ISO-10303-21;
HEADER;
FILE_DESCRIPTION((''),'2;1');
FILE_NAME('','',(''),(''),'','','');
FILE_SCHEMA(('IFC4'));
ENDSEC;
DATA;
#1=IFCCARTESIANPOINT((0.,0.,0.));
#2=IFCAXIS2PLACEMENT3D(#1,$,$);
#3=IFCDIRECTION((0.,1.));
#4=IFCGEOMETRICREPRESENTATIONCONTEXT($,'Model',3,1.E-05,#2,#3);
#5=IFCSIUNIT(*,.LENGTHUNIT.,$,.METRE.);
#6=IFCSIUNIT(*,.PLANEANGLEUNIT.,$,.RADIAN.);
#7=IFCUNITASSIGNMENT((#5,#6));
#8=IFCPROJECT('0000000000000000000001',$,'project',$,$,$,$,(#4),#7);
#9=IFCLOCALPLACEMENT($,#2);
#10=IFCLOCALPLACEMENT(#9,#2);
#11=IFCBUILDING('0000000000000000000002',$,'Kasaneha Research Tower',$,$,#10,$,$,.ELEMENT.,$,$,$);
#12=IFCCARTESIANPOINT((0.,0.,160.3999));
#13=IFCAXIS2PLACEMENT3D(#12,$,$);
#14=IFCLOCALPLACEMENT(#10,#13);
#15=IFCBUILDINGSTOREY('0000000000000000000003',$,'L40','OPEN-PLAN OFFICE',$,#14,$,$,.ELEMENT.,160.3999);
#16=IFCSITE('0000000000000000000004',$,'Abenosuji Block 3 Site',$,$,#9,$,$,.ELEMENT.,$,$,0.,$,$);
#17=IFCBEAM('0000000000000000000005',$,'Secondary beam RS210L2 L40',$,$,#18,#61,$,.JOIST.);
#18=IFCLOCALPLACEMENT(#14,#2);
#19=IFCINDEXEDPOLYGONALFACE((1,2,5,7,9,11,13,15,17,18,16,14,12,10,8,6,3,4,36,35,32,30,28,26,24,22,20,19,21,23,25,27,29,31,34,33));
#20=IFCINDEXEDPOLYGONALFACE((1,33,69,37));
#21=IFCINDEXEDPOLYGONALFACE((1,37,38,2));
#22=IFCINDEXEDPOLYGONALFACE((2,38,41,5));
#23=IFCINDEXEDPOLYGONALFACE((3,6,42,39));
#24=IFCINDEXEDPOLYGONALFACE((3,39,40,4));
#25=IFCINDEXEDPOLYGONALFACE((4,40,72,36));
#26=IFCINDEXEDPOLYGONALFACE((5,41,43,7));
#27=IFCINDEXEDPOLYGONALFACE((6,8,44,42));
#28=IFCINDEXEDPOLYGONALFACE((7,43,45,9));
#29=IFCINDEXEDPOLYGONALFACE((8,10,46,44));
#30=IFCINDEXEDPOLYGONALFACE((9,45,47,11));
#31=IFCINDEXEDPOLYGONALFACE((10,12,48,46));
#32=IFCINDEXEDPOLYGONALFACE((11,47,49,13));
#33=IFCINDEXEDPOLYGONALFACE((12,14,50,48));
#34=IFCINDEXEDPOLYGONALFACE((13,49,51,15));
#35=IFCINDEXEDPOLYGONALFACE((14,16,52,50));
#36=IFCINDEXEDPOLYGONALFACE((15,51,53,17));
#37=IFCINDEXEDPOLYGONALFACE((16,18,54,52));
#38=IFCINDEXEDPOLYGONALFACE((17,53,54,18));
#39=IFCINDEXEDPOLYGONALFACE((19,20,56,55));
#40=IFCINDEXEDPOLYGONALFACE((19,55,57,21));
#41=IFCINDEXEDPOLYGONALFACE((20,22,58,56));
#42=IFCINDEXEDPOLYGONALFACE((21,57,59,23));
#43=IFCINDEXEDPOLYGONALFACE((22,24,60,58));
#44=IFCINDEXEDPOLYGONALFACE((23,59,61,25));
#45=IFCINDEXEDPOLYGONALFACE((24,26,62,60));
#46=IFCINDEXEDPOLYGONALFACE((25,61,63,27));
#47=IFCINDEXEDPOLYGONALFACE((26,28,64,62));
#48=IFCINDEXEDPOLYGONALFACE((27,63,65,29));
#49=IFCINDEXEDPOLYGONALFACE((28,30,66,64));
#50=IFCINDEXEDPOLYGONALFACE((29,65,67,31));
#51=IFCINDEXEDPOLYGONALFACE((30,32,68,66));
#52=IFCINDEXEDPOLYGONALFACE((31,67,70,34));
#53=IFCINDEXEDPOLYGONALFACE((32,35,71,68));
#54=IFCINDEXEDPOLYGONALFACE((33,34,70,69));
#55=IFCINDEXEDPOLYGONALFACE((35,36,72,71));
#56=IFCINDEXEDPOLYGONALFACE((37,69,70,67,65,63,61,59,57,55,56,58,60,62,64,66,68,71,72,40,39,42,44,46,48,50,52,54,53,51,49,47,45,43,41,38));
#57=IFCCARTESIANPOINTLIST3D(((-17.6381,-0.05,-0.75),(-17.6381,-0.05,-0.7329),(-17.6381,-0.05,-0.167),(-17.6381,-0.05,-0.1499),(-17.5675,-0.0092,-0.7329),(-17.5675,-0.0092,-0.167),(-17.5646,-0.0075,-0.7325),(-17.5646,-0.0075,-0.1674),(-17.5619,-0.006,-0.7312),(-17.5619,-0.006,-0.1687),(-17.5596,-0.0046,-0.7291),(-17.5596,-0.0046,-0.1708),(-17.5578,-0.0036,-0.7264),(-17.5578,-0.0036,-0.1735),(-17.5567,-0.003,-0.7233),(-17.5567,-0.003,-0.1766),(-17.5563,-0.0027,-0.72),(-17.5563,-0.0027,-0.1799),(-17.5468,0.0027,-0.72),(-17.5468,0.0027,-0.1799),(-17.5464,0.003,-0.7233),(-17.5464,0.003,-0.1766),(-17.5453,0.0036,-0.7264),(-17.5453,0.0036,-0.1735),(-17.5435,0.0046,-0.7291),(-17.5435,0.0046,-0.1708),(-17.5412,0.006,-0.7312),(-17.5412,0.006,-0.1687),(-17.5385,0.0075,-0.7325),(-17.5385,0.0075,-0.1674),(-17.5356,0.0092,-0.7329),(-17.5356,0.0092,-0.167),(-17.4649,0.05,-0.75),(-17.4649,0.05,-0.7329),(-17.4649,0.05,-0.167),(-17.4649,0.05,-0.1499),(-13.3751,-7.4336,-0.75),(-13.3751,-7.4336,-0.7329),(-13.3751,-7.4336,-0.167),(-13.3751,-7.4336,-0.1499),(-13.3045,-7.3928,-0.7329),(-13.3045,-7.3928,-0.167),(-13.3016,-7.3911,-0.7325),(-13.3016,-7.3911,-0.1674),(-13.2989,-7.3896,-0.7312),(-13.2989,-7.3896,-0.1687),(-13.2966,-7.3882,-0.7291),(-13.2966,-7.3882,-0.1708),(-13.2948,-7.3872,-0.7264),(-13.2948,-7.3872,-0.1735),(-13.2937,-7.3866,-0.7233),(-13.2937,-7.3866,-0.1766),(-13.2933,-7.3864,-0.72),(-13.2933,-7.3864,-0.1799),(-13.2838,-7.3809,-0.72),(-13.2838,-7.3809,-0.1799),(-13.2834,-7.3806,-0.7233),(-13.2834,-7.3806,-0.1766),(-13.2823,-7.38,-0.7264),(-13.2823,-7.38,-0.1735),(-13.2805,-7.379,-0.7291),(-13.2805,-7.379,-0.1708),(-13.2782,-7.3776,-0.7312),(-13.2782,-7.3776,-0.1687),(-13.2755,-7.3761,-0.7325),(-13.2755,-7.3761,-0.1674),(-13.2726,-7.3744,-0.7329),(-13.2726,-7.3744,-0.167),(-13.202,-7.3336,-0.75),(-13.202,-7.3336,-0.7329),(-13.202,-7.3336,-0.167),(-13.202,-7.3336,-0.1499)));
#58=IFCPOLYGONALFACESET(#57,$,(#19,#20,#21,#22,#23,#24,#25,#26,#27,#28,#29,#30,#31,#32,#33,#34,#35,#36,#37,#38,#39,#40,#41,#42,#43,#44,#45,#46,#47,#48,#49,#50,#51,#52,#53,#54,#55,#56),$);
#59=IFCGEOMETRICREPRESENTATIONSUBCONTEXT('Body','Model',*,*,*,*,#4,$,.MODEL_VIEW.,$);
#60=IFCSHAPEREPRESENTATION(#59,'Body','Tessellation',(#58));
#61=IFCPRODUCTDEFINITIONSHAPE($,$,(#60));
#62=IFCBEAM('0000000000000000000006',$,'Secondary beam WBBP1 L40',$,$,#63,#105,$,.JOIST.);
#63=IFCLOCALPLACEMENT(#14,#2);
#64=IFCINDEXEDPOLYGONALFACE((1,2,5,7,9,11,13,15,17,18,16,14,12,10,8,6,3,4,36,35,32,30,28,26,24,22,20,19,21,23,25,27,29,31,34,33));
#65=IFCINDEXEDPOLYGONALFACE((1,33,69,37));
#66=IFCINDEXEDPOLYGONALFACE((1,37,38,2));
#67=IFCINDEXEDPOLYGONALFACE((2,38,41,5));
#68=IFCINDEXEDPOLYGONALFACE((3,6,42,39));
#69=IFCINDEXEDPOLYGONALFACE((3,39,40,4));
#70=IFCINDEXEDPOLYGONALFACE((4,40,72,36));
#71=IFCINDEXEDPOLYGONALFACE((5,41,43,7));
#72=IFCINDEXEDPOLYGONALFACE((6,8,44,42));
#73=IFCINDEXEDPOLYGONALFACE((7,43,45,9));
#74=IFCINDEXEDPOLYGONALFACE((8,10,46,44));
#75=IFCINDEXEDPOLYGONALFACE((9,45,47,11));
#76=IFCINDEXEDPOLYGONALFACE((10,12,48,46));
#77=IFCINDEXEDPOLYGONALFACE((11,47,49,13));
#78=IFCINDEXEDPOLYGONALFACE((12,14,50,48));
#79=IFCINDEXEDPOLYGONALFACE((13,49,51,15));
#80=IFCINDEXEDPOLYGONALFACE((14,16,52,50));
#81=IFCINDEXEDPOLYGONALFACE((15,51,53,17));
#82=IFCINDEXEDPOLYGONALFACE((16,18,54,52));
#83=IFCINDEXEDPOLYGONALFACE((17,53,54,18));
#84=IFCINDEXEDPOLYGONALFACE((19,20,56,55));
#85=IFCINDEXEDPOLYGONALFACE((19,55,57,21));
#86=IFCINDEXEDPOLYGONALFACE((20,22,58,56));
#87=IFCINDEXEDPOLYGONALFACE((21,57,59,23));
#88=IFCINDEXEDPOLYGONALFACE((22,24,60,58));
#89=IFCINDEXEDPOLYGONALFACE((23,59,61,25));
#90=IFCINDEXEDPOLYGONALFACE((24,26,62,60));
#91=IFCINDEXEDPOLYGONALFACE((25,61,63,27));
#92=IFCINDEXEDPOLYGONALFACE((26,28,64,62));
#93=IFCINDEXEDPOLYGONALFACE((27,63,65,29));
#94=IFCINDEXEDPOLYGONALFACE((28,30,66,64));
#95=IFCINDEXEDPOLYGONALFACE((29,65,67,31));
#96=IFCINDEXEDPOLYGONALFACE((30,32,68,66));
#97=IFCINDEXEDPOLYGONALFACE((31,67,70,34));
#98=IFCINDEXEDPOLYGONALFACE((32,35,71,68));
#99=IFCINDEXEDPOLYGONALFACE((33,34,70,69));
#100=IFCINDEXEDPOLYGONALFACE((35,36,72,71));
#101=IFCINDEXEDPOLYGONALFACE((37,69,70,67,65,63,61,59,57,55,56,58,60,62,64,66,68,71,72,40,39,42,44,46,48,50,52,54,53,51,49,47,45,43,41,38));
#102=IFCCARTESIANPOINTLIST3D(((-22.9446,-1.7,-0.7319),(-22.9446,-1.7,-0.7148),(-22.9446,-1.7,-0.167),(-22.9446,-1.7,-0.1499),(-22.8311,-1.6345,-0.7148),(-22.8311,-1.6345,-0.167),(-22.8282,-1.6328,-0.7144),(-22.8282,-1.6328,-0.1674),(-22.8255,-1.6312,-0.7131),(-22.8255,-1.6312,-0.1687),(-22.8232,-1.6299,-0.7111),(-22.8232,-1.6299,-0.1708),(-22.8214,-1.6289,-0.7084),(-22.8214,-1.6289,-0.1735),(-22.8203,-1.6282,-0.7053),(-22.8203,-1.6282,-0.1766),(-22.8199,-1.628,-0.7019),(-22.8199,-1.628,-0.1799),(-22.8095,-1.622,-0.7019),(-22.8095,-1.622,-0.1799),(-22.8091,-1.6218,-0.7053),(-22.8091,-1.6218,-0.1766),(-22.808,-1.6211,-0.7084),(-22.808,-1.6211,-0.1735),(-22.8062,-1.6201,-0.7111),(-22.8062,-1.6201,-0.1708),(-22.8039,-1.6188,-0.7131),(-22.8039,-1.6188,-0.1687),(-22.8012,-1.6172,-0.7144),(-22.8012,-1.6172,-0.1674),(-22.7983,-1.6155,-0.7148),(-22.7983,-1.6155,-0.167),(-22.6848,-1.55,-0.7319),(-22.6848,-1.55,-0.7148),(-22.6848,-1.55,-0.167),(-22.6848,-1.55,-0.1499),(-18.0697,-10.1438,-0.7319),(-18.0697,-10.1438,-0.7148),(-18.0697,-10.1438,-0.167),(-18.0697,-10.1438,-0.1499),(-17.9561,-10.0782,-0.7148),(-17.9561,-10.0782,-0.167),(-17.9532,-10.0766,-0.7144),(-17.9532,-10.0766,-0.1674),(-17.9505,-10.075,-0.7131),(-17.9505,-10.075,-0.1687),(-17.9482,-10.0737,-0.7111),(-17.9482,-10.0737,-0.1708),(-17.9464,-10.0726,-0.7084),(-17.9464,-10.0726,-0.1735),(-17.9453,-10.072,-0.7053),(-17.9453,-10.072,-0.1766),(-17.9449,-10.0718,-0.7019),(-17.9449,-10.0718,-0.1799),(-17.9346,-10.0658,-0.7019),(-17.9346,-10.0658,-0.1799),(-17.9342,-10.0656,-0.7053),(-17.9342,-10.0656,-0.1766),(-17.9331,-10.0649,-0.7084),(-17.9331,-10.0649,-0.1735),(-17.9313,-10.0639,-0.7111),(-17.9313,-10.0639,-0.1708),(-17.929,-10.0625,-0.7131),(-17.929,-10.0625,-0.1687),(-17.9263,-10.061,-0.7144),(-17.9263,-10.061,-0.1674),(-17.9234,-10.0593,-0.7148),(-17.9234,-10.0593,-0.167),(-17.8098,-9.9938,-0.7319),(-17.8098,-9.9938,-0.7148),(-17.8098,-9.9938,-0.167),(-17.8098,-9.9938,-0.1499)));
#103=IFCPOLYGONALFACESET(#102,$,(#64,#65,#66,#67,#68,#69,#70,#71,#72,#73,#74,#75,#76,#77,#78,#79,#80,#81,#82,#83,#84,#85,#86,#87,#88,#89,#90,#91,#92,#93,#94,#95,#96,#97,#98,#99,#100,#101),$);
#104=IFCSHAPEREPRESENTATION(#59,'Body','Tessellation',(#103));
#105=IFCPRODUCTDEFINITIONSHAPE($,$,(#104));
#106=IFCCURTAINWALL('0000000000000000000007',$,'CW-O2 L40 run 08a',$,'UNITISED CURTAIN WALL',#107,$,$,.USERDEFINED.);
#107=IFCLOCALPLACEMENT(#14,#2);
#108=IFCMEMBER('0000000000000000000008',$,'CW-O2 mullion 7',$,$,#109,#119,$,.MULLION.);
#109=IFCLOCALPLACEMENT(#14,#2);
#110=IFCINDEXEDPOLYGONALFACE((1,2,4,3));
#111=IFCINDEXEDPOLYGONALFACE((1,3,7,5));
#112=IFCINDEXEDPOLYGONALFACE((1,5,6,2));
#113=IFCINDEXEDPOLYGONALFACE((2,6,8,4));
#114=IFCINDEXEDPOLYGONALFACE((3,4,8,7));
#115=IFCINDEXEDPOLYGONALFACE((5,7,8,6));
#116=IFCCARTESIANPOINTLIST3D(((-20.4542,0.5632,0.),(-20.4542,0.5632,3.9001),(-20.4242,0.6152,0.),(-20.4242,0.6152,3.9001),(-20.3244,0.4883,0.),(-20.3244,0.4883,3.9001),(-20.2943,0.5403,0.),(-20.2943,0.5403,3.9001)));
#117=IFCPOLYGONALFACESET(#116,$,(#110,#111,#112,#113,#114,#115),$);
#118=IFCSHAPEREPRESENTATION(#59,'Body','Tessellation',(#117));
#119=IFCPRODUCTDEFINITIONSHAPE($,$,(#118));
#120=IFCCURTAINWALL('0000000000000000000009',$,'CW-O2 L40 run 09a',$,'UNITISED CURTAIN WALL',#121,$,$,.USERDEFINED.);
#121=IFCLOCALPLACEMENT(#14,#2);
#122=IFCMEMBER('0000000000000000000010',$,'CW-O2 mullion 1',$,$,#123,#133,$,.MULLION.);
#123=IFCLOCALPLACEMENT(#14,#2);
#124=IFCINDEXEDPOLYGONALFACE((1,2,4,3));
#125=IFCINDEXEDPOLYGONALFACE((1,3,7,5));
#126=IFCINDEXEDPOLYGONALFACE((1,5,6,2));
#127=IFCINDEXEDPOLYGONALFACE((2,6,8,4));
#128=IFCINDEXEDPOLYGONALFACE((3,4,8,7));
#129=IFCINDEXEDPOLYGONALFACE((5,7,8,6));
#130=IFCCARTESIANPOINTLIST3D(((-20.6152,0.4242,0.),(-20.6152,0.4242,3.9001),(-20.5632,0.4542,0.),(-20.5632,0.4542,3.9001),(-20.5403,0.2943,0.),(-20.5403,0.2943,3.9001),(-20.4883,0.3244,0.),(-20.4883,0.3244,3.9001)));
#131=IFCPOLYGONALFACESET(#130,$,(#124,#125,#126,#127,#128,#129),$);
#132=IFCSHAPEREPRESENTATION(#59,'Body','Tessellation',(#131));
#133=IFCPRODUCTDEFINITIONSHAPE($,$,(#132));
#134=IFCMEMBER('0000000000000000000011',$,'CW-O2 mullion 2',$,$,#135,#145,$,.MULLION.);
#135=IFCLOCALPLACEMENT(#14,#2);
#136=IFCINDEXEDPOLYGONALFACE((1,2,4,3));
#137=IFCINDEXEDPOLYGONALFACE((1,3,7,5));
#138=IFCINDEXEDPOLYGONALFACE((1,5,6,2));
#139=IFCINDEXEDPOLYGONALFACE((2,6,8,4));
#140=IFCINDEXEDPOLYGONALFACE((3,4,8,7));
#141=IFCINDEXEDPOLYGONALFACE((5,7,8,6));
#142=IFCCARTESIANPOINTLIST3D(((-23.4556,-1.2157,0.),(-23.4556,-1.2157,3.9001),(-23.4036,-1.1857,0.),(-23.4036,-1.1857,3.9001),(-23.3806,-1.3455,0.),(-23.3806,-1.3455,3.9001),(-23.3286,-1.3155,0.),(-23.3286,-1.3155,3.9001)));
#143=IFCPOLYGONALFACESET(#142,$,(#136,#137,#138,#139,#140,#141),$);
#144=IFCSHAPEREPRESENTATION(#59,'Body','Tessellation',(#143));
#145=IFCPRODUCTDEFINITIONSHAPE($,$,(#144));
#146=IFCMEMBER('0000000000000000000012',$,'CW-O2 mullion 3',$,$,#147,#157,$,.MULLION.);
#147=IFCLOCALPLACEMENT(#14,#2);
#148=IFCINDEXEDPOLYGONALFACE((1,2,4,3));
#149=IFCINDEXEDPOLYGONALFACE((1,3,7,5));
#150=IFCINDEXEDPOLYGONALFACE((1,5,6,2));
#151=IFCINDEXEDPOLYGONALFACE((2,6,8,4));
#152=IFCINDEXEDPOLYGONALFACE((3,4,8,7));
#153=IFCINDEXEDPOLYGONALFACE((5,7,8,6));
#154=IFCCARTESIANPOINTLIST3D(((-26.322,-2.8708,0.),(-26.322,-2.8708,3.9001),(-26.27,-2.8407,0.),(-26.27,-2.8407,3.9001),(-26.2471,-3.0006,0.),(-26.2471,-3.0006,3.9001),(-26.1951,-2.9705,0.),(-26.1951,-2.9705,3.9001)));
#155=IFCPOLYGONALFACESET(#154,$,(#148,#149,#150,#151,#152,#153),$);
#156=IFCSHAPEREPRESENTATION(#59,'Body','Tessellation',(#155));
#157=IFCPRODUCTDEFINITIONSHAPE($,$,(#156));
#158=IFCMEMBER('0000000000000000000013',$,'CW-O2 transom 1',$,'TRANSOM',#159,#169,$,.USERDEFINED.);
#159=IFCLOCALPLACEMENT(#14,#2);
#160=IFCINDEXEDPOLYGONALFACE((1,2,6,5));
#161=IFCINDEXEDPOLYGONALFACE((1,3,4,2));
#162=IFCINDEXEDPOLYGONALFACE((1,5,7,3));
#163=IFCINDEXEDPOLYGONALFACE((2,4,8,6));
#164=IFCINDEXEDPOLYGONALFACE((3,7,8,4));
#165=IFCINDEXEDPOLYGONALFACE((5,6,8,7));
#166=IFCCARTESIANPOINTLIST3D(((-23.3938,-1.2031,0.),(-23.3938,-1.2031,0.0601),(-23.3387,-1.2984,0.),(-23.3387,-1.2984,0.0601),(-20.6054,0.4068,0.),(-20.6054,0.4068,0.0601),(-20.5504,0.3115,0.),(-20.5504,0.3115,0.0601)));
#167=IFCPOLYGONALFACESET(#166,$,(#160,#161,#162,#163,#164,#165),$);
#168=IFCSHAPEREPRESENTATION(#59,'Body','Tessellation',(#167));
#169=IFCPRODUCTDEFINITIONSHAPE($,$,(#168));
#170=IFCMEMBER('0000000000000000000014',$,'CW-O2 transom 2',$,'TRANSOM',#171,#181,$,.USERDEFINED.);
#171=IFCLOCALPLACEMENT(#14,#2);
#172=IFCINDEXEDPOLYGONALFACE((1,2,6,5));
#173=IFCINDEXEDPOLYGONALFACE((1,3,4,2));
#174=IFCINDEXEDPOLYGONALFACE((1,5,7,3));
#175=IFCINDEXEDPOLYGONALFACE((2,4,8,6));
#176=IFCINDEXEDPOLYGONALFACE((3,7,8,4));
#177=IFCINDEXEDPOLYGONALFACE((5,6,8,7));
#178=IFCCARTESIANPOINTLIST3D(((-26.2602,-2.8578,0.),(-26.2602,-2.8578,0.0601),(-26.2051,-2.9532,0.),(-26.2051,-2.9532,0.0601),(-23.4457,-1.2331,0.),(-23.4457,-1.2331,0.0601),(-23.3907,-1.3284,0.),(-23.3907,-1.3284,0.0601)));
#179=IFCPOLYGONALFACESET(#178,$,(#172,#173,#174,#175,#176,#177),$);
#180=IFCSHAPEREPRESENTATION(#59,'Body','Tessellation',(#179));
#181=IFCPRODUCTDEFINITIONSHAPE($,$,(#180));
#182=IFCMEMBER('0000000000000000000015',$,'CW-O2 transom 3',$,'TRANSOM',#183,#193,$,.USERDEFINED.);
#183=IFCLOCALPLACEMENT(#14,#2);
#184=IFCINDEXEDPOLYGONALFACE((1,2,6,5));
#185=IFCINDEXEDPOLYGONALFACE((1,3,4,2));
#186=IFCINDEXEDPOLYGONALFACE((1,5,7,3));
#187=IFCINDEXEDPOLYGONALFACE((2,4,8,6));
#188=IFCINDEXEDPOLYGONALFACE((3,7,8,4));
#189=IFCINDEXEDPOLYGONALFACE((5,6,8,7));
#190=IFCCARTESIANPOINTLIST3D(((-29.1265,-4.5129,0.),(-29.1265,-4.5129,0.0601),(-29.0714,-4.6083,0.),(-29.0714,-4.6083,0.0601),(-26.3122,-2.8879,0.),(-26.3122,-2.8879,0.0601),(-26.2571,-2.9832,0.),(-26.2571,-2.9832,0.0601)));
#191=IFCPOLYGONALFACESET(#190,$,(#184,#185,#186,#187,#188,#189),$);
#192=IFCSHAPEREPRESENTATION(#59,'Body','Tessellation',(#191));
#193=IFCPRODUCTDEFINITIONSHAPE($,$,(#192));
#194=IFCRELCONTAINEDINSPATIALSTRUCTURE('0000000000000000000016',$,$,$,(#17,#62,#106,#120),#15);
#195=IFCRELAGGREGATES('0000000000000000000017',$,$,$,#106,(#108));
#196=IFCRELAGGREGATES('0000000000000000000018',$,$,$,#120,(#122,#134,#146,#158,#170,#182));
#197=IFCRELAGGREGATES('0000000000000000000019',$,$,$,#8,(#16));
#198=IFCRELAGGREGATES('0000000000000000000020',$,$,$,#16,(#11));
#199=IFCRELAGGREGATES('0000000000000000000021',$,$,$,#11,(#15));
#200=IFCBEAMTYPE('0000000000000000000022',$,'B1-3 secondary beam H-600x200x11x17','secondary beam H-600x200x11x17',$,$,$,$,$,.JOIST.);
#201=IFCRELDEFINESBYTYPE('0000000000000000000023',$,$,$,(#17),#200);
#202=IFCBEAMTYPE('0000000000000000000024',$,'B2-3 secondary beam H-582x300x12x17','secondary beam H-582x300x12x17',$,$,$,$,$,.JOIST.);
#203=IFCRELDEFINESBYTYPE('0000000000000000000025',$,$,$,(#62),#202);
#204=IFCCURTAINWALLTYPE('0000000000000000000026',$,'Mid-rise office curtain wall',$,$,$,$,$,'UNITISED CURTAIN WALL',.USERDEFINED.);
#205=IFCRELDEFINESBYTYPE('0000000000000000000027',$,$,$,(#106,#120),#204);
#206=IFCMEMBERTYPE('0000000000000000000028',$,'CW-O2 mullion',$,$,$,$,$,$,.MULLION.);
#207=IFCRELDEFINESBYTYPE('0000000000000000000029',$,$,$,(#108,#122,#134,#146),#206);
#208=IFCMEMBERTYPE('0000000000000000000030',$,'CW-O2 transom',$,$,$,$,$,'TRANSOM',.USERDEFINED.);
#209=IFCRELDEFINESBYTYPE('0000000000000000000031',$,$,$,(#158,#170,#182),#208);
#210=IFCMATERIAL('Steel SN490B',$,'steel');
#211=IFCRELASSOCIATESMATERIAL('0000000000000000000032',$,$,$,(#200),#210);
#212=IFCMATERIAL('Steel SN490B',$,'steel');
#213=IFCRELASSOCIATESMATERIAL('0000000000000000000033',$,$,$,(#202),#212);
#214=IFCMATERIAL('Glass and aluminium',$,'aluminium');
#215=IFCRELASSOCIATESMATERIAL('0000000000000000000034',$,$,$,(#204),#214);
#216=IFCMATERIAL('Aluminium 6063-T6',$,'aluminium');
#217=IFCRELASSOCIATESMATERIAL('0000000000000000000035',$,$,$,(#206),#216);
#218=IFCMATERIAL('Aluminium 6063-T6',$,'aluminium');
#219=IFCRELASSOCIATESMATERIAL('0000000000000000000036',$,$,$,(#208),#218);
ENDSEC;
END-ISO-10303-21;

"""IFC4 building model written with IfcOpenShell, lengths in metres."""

from ifc_helpers import new_model, si_unit, direction, frame, origin, origin_2d, place, context, subcontext, project, spatial, rectangle, i_section, extrude, material, material_profile, profile_set, type_object, element, aggregate, save


model = new_model("IFC4")

# Units and contexts
model_context = context("Model", 3, precision=1e-05, world=origin(), true_north=direction((0.0, 1.0)))
body_context = subcontext(model_context, "Body", "Model", "MODEL_VIEW")
ifc_project = project(units=[si_unit("LENGTHUNIT", "METRE"), si_unit("PLANEANGLEUNIT", "RADIAN")], contexts=[model_context])

# Site, building, storey
site_placement = place(None, origin())
site = spatial("IfcSite", under=ifc_project, at=site_placement, Name="Abenosuji Block 3 Site", CompositionType="ELEMENT", RefElevation=0.0)
building_placement = place(site_placement, origin())
building = spatial("IfcBuilding", under=site, at=building_placement, Name="Kasaneha Research Tower", CompositionType="ELEMENT")
storey_placement = place(building_placement, frame((0.0, 0.0, 160.3999)))
storey = spatial("IfcBuildingStorey", under=building, at=storey_placement, Name="L40", Description="OPEN-PLAN OFFICE", CompositionType="ELEMENT", Elevation=160.3999)

# Beams
ifc_material_1 = material(Name="Steel SN490B", Category="steel")
ifc_material_profile_1 = material_profile(ifc_material_1, i_section(OverallWidth=0.2, OverallDepth=0.6001, WebThickness=0.011, FlangeThickness=0.0171, FilletRadius=0.0129, at=origin_2d()), Name="H-600x200x11x17")
ifc_profile_set_1 = profile_set([ifc_material_profile_1], Name="Steel SN490B")
beam_type_1 = type_object("IfcBeamType", Name="B1-3 secondary beam H-600x200x11x17", Description="secondary beam H-600x200x11x17", PredefinedType="JOIST", material=ifc_profile_set_1)
beam_1_placement = place(storey_placement, frame((-17.5515, 0.0, -0.45), z_axis=(0.500004, -0.866023, 0.0), x_axis=(0.866023, 0.500004, 0.0)))
element("IfcBeam", 1, at=beam_1_placement, inside=storey, type_object=beam_type_1, Name="Secondary beam RS210L2 L40", PredefinedType="JOIST", context=body_context, shape_type="SweptSolid", body=[
    extrude(i_section(OverallWidth=0.2, OverallDepth=0.6001, WebThickness=0.011, FlangeThickness=0.0171, FilletRadius=0.0129, at=origin_2d()), origin(), (0.0, 0.0, 1.0), 8.5259),
])
ifc_material_2 = material(Name="Steel SN490B", Category="steel")
ifc_material_profile_2 = material_profile(ifc_material_2, i_section(OverallWidth=0.3, OverallDepth=0.582, WebThickness=0.012, FlangeThickness=0.0171, FilletRadius=0.0129, at=origin_2d()), Name="H-582x300x12x17")
ifc_profile_set_2 = profile_set([ifc_material_profile_2], Name="Steel SN490B")
beam_type_2 = type_object("IfcBeamType", Name="B2-3 secondary beam H-582x300x12x17", Description="secondary beam H-582x300x12x17", PredefinedType="JOIST", material=ifc_profile_set_2)
beam_2_placement = place(storey_placement, frame((-22.8147, -1.625, -0.4409), z_axis=(0.499996, -0.866028, 0.0), x_axis=(0.866028, 0.499996, 0.0)))
element("IfcBeam", 2, at=beam_2_placement, inside=storey, type_object=beam_type_2, Name="Secondary beam WBBP1 L40", PredefinedType="JOIST", context=body_context, shape_type="SweptSolid", body=[
    extrude(i_section(OverallWidth=0.3, OverallDepth=0.582, WebThickness=0.012, FlangeThickness=0.0171, FilletRadius=0.0129, at=origin_2d()), origin(), (0.0, 0.0, 1.0), 9.75),
])

# Curtain wall, member
ifc_material_3 = material(Name="Glass and aluminium", Category="aluminium")
curtain_wall_type = type_object("IfcCurtainWallType", Name="Mid-rise office curtain wall", ElementType="UNITISED CURTAIN WALL", PredefinedType="USERDEFINED", material=ifc_material_3)
curtain_wall_1_placement = place(storey_placement, origin())
curtain_wall_1 = element("IfcCurtainWall", 3, at=curtain_wall_1_placement, inside=storey, type_object=curtain_wall_type, Name="CW-O2 L40 run 08a", ObjectType="UNITISED CURTAIN WALL", PredefinedType="USERDEFINED")
ifc_material_4 = material(Name="Aluminium 6063-T6", Category="aluminium")
ifc_material_profile_3 = material_profile(ifc_material_4, rectangle(XDim=0.0601, YDim=0.1499, at=origin_2d()), Name="CW-O2 mullion 60x150")
ifc_profile_set_3 = profile_set([ifc_material_profile_3], Name="Aluminium 6063-T6")
member_type_1 = type_object("IfcMemberType", Name="CW-O2 mullion", PredefinedType="MULLION", material=ifc_profile_set_3)
member_1_placement = place(storey_placement, frame((-20.3743, 0.5518, 0.0), z_axis=(0.0, 0.0, 1.0), x_axis=(-0.5, -0.866025, 0.0)))
member_1 = element("IfcMember", 4, at=member_1_placement, type_object=member_type_1, Name="CW-O2 mullion 7", PredefinedType="MULLION", context=body_context, shape_type="SweptSolid", body=[
    extrude(rectangle(XDim=0.0601, YDim=0.1499, at=origin_2d()), origin(), (0.0, 0.0, 1.0), 3.9001),
])

# Curtain wall, members
curtain_wall_2_placement = place(storey_placement, origin())
curtain_wall_2 = element("IfcCurtainWall", 5, at=curtain_wall_2_placement, inside=storey, type_object=curtain_wall_type, Name="CW-O2 L40 run 09a", ObjectType="UNITISED CURTAIN WALL", PredefinedType="USERDEFINED")
member_2_placement = place(storey_placement, frame((-20.5518, 0.3743, 0.0), z_axis=(0.0, 0.0, 1.0), x_axis=(-0.866025, -0.5, 0.0)))
member_2 = element("IfcMember", 6, at=member_2_placement, type_object=member_type_1, Name="CW-O2 mullion 1", PredefinedType="MULLION", context=body_context, shape_type="SweptSolid", body=[
    extrude(rectangle(XDim=0.0601, YDim=0.1499, at=origin_2d()), origin(), (0.0, 0.0, 1.0), 3.9001),
])
member_3_placement = place(storey_placement, frame((-23.3921, -1.2656, 0.0), z_axis=(0.0, 0.0, 1.0), x_axis=(-0.866025, -0.5, 0.0)))
member_3 = element("IfcMember", 7, at=member_3_placement, type_object=member_type_1, Name="CW-O2 mullion 2", PredefinedType="MULLION", context=body_context, shape_type="SweptSolid", body=[
    extrude(rectangle(XDim=0.0601, YDim=0.1499, at=origin_2d()), origin(), (0.0, 0.0, 1.0), 3.9001),
])
member_4_placement = place(storey_placement, frame((-26.2585, -2.9207, 0.0), z_axis=(0.0, 0.0, 1.0), x_axis=(-0.866025, -0.5, 0.0)))
member_4 = element("IfcMember", 8, at=member_4_placement, type_object=member_type_1, Name="CW-O2 mullion 3", PredefinedType="MULLION", context=body_context, shape_type="SweptSolid", body=[
    extrude(rectangle(XDim=0.0601, YDim=0.1499, at=origin_2d()), origin(), (0.0, 0.0, 1.0), 3.9001),
])
ifc_material_5 = material(Name="Aluminium 6063-T6", Category="aluminium")
ifc_material_profile_4 = material_profile(ifc_material_5, rectangle(XDim=0.1101, YDim=0.0601, at=origin_2d()), Name="CW-O2 transom 110x60")
ifc_profile_set_4 = profile_set([ifc_material_profile_4], Name="Aluminium 6063-T6")
member_type_2 = type_object("IfcMemberType", Name="CW-O2 transom", ElementType="TRANSOM", PredefinedType="USERDEFINED", material=ifc_profile_set_4)
member_5_placement = place(storey_placement, frame((-20.5779, 0.3591, 0.03), z_axis=(-0.866023, -0.500005, 0.0), x_axis=(0.500005, -0.866023, 0.0)))
member_5 = element("IfcMember", 9, at=member_5_placement, type_object=member_type_2, Name="CW-O2 transom 1", ObjectType="TRANSOM", PredefinedType="USERDEFINED", context=body_context, shape_type="SweptSolid", body=[
    extrude(rectangle(XDim=0.1101, YDim=0.0601, at=origin_2d()), origin(), (0.0, 0.0, 1.0), 3.2197),
])
member_6_placement = place(storey_placement, frame((-23.4182, -1.2808, 0.03), z_axis=(-0.866048, -0.499961, 0.0), x_axis=(0.499961, -0.866048, 0.0)))
member_6 = element("IfcMember", 10, at=member_6_placement, type_object=member_type_2, Name="CW-O2 transom 2", ObjectType="TRANSOM", PredefinedType="USERDEFINED", context=body_context, shape_type="SweptSolid", body=[
    extrude(rectangle(XDim=0.1101, YDim=0.0601, at=origin_2d()), origin(), (0.0, 0.0, 1.0), 3.2498),
])
member_7_placement = place(storey_placement, frame((-26.2847, -2.9355, 0.03), z_axis=(-0.865997, -0.50005, 0.0), x_axis=(0.50005, -0.865997, 0.0)))
member_7 = element("IfcMember", 11, at=member_7_placement, type_object=member_type_2, Name="CW-O2 transom 3", ObjectType="TRANSOM", PredefinedType="USERDEFINED", context=body_context, shape_type="SweptSolid", body=[
    extrude(rectangle(XDim=0.1101, YDim=0.0601, at=origin_2d()), origin(), (0.0, 0.0, 1.0), 3.2498),
])

aggregate(curtain_wall_1, [member_1])
aggregate(curtain_wall_2, [member_2, member_3, member_4, member_5, member_6, member_7])

save(model, "model.ifc")
